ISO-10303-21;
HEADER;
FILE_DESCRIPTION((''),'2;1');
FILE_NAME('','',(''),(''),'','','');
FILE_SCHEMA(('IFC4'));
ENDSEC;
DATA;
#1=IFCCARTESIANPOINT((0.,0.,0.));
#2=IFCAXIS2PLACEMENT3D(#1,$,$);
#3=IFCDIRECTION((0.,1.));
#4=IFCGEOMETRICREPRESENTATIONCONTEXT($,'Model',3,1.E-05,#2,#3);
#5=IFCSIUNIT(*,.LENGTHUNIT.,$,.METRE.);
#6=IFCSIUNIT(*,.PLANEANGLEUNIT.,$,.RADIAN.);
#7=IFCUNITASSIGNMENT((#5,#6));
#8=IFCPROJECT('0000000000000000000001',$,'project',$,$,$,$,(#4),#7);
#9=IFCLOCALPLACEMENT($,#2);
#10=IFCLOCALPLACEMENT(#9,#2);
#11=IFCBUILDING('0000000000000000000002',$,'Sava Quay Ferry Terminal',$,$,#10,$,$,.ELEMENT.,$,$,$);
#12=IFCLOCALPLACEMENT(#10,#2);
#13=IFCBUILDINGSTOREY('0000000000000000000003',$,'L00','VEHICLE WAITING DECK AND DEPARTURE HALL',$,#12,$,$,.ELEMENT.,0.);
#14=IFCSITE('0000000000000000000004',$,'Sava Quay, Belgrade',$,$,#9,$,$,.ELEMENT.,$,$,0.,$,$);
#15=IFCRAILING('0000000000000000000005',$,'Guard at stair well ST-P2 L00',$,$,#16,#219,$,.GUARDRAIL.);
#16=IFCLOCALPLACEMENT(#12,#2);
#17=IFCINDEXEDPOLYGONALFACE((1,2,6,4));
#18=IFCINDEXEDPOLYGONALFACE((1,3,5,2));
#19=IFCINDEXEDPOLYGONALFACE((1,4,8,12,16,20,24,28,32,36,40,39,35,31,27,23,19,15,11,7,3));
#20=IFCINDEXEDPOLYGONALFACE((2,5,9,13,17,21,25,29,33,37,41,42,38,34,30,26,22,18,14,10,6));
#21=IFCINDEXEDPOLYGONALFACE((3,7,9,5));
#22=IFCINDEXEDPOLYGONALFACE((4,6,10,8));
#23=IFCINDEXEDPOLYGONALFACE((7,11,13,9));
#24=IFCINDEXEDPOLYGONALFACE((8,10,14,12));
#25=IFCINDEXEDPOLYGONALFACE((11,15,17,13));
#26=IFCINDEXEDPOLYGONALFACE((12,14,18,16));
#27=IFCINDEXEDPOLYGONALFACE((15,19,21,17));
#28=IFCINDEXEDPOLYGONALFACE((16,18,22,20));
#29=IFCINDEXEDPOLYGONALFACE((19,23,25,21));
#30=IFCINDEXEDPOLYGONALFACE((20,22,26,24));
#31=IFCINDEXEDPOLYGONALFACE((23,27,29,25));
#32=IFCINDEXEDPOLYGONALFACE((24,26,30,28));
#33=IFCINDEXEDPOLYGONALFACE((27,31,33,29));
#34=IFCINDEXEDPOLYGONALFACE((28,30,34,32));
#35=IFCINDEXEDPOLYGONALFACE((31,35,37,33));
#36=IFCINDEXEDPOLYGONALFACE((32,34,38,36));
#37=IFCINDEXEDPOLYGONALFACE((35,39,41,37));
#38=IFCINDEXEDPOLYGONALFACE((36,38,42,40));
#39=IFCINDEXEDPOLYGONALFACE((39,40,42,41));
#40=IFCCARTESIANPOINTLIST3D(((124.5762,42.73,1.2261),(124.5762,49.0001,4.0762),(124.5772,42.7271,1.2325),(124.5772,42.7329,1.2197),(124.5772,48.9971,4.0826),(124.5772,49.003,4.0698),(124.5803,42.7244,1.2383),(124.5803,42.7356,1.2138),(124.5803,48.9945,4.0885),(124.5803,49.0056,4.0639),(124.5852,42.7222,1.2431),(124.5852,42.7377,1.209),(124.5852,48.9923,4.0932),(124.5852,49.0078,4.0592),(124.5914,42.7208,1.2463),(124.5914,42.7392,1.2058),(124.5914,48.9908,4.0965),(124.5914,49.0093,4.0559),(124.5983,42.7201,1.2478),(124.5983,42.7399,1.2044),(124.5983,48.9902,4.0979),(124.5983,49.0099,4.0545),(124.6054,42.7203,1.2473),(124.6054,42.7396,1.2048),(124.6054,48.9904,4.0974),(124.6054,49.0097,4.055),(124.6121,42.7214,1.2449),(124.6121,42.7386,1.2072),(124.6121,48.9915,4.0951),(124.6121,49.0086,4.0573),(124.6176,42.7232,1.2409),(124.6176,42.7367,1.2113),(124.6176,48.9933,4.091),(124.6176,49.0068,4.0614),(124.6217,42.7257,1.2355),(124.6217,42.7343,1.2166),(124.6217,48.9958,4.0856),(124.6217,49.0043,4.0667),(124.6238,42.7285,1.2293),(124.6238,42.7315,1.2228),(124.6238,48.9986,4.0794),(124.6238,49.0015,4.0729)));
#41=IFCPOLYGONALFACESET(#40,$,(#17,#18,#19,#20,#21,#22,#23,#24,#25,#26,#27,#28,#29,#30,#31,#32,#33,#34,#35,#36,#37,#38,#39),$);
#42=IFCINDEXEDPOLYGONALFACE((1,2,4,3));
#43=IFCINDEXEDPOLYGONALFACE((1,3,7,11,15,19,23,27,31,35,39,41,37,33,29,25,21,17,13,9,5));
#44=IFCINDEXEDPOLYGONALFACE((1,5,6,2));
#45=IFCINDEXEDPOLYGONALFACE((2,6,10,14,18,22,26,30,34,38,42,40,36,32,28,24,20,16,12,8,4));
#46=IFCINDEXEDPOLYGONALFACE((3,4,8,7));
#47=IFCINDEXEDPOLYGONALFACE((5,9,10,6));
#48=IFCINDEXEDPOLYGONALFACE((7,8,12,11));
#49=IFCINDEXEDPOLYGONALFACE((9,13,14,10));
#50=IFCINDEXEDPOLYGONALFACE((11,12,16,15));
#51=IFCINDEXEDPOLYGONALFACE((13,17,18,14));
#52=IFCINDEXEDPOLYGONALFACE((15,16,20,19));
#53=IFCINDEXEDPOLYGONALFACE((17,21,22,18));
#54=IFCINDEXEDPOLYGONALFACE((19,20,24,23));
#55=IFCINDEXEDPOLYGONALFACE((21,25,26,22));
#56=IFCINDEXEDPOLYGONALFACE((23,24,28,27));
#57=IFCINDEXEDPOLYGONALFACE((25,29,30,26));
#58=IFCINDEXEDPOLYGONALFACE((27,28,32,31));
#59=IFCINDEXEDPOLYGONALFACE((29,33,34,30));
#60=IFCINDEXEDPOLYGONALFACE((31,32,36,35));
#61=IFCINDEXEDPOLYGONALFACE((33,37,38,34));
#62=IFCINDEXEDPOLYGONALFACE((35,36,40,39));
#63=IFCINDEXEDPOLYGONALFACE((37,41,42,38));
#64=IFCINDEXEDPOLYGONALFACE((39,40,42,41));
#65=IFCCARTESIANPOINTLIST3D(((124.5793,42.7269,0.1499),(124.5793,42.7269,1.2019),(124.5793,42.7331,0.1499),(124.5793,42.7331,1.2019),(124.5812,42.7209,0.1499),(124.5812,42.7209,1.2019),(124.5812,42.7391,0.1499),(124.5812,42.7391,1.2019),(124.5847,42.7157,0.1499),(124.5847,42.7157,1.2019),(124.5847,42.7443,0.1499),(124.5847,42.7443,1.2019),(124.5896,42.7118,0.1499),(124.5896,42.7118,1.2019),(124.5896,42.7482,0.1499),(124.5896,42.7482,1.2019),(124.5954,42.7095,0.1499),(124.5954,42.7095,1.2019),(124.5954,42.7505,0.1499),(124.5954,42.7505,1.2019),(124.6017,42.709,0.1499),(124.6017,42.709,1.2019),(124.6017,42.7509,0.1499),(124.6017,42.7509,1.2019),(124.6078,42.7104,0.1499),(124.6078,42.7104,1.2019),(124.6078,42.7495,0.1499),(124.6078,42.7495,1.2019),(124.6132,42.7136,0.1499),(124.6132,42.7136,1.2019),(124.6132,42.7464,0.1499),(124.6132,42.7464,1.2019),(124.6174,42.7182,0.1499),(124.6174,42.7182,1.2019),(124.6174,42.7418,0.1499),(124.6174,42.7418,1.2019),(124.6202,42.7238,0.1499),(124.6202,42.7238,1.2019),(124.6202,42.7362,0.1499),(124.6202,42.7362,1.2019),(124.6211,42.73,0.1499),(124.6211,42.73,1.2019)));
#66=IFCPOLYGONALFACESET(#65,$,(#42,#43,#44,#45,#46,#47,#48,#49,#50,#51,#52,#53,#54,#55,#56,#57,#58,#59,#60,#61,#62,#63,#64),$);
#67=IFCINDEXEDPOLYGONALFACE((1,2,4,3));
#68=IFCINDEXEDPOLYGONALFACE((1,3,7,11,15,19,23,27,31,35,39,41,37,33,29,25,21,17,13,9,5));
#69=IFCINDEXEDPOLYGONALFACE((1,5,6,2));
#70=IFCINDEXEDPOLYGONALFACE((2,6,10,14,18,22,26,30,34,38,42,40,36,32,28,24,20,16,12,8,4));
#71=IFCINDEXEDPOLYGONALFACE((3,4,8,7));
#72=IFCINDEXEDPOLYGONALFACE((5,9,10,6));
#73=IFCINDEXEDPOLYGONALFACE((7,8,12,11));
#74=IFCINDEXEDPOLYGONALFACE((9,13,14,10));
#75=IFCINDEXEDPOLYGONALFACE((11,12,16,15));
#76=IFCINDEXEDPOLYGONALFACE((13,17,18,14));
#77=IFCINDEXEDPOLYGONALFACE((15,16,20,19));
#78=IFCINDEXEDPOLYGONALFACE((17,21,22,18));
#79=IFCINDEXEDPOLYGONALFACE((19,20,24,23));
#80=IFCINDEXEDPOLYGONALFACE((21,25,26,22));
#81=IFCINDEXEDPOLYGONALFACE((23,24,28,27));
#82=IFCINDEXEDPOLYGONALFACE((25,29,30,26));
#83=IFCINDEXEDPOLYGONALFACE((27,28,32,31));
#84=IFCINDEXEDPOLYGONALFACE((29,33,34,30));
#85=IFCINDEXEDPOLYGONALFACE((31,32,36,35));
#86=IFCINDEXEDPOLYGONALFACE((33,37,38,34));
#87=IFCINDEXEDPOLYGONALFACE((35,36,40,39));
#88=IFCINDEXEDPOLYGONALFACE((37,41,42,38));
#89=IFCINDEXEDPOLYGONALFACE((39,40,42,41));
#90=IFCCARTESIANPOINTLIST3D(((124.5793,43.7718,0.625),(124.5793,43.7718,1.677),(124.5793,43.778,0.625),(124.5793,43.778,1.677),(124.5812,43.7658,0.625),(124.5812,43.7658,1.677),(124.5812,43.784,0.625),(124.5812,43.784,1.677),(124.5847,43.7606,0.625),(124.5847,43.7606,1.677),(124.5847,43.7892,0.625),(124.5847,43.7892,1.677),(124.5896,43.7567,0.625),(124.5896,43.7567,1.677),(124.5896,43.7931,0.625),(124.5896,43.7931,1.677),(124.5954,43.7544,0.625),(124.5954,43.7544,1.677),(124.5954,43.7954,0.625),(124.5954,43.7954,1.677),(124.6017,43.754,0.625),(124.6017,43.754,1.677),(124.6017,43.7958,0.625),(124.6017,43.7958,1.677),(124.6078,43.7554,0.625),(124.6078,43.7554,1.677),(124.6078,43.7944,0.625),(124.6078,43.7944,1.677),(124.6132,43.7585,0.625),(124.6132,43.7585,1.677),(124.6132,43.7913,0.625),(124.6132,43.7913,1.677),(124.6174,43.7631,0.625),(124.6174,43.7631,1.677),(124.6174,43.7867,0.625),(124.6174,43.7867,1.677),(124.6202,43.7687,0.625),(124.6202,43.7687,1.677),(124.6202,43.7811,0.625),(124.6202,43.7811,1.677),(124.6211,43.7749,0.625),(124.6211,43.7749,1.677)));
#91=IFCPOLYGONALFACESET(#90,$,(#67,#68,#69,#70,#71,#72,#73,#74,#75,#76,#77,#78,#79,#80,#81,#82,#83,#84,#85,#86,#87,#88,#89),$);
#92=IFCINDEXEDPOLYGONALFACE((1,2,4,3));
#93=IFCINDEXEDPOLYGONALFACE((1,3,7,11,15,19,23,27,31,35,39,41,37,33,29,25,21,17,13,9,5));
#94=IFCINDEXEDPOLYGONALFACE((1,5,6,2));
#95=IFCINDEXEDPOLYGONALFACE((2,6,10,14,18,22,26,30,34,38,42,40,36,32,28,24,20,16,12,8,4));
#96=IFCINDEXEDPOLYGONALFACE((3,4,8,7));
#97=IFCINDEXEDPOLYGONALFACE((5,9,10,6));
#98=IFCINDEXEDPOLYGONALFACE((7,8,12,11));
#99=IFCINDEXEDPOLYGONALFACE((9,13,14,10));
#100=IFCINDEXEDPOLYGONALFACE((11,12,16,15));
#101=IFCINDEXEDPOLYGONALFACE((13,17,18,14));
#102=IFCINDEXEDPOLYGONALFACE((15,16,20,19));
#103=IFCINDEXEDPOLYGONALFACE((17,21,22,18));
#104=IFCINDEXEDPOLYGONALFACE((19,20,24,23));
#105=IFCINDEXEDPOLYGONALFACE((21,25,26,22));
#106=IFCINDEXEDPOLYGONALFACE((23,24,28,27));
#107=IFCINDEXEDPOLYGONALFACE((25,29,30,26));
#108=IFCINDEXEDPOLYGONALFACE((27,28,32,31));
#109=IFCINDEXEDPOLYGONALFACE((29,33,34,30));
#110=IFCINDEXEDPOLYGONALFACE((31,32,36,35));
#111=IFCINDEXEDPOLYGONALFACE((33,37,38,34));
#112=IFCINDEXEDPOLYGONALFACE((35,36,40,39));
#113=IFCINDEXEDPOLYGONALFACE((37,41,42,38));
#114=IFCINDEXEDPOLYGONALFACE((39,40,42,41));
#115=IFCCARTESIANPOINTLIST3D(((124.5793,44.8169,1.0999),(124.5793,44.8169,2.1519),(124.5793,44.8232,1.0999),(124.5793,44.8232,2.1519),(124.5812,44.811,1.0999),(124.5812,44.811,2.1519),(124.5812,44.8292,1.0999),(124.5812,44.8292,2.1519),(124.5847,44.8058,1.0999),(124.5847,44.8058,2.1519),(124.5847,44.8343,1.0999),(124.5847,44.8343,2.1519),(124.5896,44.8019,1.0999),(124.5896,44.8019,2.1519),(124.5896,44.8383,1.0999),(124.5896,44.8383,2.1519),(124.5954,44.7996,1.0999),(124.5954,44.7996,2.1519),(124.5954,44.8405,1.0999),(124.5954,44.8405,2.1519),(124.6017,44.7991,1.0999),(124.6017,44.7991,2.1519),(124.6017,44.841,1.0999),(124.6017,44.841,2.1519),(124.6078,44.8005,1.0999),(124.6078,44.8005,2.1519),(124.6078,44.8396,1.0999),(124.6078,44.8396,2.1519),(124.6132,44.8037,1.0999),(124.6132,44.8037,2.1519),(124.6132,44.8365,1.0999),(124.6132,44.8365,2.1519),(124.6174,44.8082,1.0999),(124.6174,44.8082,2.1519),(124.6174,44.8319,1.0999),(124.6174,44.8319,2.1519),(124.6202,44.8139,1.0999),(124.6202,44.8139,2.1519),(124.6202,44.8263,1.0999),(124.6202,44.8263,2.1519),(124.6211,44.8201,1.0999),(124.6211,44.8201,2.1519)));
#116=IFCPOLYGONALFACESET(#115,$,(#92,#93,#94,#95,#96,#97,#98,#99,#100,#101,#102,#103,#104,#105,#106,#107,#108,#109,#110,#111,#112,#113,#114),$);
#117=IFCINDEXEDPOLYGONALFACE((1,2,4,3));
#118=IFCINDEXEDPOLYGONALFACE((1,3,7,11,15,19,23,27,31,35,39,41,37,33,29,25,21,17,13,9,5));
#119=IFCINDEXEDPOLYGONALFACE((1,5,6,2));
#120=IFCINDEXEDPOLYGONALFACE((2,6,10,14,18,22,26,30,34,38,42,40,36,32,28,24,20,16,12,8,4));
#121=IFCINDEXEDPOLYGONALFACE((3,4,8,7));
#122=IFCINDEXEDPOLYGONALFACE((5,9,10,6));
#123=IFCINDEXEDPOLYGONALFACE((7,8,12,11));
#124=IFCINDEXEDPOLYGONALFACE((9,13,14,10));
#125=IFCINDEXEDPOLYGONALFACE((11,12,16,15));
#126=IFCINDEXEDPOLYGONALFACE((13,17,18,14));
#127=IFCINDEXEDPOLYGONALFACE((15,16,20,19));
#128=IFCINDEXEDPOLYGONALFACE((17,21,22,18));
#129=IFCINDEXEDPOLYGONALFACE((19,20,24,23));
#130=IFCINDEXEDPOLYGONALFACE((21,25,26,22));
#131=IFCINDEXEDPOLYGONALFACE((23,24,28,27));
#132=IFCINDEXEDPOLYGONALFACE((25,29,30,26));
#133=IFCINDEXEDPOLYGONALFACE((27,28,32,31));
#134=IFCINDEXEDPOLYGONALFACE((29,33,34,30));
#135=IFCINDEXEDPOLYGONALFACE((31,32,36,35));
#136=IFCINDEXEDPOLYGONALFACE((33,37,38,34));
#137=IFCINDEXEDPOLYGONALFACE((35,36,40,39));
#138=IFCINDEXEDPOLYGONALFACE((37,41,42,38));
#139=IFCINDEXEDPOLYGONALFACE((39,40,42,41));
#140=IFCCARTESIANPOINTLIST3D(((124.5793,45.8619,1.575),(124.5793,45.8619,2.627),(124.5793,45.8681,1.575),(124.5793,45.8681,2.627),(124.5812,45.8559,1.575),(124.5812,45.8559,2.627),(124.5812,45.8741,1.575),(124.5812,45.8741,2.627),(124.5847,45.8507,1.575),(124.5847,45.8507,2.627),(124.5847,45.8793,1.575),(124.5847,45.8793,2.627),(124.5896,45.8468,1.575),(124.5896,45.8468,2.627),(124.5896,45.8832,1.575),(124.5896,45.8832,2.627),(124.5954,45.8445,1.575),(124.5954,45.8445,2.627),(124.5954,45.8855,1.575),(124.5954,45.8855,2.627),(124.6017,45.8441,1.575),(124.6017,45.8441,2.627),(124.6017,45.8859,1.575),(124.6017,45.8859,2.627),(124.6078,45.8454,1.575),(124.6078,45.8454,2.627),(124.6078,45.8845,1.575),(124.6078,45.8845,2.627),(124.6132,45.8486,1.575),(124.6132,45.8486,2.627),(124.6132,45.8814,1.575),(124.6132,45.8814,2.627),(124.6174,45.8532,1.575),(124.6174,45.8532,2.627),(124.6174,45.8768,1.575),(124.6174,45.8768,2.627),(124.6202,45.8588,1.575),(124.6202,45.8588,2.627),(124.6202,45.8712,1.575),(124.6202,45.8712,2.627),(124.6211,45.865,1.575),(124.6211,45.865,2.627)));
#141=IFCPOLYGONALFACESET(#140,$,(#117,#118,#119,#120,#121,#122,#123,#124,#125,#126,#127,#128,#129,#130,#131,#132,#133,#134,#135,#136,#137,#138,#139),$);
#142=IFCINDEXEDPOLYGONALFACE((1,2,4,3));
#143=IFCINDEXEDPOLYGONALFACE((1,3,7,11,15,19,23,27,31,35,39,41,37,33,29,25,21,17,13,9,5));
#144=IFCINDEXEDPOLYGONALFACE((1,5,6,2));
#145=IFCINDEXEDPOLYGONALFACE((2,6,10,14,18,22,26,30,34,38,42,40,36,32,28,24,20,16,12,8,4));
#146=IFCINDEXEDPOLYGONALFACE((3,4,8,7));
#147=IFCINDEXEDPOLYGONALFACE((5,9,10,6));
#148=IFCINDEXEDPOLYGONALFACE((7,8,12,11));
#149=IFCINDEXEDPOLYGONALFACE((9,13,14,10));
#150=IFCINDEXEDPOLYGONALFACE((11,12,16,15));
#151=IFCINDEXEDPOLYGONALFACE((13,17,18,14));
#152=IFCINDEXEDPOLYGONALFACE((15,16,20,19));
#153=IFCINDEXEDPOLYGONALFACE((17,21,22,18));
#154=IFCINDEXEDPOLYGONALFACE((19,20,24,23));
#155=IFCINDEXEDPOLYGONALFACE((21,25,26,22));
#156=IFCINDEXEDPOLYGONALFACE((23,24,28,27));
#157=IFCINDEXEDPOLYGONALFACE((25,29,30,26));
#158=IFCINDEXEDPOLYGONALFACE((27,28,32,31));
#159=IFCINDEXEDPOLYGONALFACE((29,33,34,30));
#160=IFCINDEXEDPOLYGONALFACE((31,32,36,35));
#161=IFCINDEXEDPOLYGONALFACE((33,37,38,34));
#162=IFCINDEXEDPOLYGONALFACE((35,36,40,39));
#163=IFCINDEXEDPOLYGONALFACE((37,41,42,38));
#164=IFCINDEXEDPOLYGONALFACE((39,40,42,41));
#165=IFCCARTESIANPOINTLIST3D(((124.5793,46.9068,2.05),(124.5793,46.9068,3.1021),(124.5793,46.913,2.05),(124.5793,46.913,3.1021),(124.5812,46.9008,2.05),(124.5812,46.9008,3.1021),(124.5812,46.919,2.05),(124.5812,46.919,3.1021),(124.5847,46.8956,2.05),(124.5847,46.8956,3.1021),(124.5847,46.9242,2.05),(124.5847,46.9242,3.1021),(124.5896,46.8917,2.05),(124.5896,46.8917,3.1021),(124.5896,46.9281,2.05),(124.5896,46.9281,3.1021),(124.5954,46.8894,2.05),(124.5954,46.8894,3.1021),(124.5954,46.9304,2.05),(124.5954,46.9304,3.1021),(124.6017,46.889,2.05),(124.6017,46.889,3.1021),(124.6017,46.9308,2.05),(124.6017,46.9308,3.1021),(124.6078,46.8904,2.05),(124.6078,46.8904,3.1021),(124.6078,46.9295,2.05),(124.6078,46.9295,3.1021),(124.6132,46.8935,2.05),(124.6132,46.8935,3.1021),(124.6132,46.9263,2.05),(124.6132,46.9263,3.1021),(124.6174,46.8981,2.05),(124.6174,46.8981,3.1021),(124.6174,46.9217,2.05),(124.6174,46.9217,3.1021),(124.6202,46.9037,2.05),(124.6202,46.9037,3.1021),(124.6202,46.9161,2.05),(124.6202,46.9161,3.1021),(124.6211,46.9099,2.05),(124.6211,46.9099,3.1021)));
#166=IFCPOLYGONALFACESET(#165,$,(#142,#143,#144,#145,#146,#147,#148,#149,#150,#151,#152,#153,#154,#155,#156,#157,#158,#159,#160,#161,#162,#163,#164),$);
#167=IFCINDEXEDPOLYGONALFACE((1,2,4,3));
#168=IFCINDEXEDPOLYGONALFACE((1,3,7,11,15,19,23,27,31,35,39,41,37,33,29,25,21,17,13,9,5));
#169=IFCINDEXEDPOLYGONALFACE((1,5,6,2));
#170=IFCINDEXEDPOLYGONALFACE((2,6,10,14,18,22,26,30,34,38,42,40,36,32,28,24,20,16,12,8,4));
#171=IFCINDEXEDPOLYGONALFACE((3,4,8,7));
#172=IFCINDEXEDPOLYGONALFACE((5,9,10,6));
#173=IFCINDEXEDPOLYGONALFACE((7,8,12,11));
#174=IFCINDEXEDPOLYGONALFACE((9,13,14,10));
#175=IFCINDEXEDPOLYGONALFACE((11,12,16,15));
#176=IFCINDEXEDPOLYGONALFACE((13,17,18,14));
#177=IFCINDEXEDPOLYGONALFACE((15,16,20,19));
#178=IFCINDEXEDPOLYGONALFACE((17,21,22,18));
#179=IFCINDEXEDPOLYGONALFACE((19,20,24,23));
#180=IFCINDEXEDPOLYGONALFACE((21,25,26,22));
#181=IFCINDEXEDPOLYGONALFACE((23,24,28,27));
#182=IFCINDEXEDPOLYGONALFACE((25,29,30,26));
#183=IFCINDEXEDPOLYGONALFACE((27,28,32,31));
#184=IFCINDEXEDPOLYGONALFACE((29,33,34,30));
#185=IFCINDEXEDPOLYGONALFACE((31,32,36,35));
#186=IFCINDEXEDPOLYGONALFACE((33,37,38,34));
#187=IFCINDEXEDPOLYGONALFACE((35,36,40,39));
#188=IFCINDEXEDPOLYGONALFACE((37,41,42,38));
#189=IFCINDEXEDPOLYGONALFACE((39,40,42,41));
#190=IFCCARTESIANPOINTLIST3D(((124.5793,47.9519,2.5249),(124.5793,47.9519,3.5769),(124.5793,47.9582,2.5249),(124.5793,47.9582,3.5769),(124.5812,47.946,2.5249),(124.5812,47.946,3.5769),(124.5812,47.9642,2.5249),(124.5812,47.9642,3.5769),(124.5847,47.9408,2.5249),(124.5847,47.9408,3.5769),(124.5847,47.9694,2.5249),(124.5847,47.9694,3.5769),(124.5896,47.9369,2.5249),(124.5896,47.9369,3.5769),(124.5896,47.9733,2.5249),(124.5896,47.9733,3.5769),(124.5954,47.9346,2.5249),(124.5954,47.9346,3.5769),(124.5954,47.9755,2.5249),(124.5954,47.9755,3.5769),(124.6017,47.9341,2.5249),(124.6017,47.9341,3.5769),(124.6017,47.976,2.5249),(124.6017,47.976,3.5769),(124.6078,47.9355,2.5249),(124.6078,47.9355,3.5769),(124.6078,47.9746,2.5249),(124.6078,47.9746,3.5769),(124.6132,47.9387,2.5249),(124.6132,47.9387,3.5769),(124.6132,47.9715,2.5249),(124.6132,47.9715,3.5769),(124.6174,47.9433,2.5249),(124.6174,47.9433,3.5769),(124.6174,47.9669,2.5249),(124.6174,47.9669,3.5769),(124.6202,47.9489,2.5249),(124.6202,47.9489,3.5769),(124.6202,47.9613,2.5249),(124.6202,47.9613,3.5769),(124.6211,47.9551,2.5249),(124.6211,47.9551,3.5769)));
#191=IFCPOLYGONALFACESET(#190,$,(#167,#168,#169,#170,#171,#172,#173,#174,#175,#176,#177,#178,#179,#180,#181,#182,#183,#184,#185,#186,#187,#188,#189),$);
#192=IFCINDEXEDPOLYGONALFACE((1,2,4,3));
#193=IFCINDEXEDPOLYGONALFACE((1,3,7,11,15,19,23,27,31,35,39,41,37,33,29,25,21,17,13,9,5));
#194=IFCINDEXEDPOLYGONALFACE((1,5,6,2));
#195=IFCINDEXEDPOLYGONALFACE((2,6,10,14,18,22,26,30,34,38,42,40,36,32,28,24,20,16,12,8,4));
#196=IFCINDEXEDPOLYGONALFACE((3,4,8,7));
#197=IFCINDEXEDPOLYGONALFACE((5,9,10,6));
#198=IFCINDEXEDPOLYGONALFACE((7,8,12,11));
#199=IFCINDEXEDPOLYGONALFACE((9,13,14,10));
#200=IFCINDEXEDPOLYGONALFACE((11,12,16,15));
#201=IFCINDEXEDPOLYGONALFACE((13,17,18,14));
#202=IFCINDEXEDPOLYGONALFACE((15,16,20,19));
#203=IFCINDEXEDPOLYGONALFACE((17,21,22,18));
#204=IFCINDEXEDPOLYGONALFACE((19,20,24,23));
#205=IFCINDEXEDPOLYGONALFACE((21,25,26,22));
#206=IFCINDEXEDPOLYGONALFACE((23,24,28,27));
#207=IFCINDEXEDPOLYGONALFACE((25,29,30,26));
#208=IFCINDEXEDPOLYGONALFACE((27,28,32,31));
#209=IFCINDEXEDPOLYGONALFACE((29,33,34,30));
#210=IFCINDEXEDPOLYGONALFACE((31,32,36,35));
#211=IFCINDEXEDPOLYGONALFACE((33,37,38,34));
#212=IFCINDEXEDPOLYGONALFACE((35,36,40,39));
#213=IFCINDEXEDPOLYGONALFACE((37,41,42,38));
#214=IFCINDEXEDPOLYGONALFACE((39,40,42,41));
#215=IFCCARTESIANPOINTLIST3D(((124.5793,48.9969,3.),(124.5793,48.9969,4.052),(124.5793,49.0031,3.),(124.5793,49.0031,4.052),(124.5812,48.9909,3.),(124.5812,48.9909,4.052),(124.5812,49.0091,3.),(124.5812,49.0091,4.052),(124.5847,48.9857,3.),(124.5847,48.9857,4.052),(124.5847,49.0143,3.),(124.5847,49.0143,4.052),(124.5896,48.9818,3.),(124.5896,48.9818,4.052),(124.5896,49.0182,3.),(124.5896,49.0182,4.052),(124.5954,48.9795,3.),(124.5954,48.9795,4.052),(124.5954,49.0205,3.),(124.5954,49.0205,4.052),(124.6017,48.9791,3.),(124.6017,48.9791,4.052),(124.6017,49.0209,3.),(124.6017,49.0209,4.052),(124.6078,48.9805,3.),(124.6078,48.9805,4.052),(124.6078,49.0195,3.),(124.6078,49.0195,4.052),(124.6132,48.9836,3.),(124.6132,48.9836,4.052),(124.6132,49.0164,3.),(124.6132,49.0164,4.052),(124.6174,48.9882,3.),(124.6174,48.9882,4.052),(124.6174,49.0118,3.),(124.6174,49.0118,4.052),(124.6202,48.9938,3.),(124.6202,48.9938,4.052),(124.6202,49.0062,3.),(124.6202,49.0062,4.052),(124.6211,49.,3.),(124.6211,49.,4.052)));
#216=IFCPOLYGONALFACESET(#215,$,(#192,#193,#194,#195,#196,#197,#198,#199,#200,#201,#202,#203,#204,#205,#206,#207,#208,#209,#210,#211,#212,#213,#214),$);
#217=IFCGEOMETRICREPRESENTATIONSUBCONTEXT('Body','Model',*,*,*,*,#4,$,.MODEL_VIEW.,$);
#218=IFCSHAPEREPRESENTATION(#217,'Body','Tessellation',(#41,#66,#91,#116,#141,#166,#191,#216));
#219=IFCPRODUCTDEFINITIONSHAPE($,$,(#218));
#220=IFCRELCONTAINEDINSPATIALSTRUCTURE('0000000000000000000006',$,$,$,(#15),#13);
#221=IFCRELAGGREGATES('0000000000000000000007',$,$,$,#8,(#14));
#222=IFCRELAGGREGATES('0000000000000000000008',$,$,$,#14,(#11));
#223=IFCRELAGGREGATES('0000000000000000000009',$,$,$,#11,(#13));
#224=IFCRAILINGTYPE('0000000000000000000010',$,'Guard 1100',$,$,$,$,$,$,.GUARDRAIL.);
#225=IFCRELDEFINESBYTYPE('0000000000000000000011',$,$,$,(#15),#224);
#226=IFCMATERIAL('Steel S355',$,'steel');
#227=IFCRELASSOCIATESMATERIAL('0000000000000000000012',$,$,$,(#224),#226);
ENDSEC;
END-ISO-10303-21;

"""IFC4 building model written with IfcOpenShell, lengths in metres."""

from ifc_helpers import new_model, si_unit, direction, frame, origin, origin_2d, place, context, subcontext, project, spatial, circle, extrude, material, type_object, element, save


model = new_model("IFC4")

# Units and contexts
model_context = context("Model", 3, precision=1e-05, world=origin(), true_north=direction((0.0, 1.0)))
body_context = subcontext(model_context, "Body", "Model", "MODEL_VIEW")
ifc_project = project(units=[si_unit("LENGTHUNIT", "METRE"), si_unit("PLANEANGLEUNIT", "RADIAN")], contexts=[model_context])

# Site, building, storey
site_placement = place(None, origin())
site = spatial("IfcSite", under=ifc_project, at=site_placement, Name="Sava Quay, Belgrade", CompositionType="ELEMENT", RefElevation=0.0)
building_placement = place(site_placement, origin())
building = spatial("IfcBuilding", under=site, at=building_placement, Name="Sava Quay Ferry Terminal", CompositionType="ELEMENT")
storey_placement = place(building_placement, origin())
storey = spatial("IfcBuildingStorey", under=building, at=storey_placement, Name="L00", Description="VEHICLE WAITING DECK AND DEPARTURE HALL", CompositionType="ELEMENT", Elevation=0.0)

# Railing
ifc_material_1 = material(Name="Steel S355", Category="steel")
railing_type_1 = type_object("IfcRailingType", Name="Guard 1100", PredefinedType="GUARDRAIL", material=ifc_material_1)
railing_1_placement = place(storey_placement, frame((124.6001, 42.73, 0.1499)))
element("IfcRailing", 1, at=railing_1_placement, inside=storey, type_object=railing_type_1, Name="Guard at stair well ST-P2 L00", PredefinedType="GUARDRAIL", context=body_context, shape_type="SweptSolid", body=[
    extrude(circle(Radius=0.0239, at=origin_2d()), frame((0.0, 0.0, 1.0762), z_axis=(0.0, 0.910362, 0.413814), x_axis=(-1.0, 0.0, 0.0)), (0.0, 0.0, 1.0), 6.8875),
    extrude(circle(Radius=0.021, at=origin_2d()), origin(), (0.0, 0.0, 1.0), 1.052),
    extrude(circle(Radius=0.021, at=origin_2d()), frame((0.0, 1.0449, 0.4751)), (0.0, 0.0, 1.0), 1.052),
    extrude(circle(Radius=0.021, at=origin_2d()), frame((0.0, 2.0901, 0.95)), (0.0, 0.0, 1.0), 1.052),
    extrude(circle(Radius=0.021, at=origin_2d()), frame((0.0, 3.135, 1.425)), (0.0, 0.0, 1.0), 1.052),
    extrude(circle(Radius=0.021, at=origin_2d()), frame((0.0, 4.1799, 1.9001)), (0.0, 0.0, 1.0), 1.052),
    extrude(circle(Radius=0.021, at=origin_2d()), frame((0.0, 5.2251, 2.375)), (0.0, 0.0, 1.0), 1.052),
    extrude(circle(Radius=0.021, at=origin_2d()), frame((0.0, 6.27, 2.8501)), (0.0, 0.0, 1.0), 1.052),
])

save(model, "model.ifc")
